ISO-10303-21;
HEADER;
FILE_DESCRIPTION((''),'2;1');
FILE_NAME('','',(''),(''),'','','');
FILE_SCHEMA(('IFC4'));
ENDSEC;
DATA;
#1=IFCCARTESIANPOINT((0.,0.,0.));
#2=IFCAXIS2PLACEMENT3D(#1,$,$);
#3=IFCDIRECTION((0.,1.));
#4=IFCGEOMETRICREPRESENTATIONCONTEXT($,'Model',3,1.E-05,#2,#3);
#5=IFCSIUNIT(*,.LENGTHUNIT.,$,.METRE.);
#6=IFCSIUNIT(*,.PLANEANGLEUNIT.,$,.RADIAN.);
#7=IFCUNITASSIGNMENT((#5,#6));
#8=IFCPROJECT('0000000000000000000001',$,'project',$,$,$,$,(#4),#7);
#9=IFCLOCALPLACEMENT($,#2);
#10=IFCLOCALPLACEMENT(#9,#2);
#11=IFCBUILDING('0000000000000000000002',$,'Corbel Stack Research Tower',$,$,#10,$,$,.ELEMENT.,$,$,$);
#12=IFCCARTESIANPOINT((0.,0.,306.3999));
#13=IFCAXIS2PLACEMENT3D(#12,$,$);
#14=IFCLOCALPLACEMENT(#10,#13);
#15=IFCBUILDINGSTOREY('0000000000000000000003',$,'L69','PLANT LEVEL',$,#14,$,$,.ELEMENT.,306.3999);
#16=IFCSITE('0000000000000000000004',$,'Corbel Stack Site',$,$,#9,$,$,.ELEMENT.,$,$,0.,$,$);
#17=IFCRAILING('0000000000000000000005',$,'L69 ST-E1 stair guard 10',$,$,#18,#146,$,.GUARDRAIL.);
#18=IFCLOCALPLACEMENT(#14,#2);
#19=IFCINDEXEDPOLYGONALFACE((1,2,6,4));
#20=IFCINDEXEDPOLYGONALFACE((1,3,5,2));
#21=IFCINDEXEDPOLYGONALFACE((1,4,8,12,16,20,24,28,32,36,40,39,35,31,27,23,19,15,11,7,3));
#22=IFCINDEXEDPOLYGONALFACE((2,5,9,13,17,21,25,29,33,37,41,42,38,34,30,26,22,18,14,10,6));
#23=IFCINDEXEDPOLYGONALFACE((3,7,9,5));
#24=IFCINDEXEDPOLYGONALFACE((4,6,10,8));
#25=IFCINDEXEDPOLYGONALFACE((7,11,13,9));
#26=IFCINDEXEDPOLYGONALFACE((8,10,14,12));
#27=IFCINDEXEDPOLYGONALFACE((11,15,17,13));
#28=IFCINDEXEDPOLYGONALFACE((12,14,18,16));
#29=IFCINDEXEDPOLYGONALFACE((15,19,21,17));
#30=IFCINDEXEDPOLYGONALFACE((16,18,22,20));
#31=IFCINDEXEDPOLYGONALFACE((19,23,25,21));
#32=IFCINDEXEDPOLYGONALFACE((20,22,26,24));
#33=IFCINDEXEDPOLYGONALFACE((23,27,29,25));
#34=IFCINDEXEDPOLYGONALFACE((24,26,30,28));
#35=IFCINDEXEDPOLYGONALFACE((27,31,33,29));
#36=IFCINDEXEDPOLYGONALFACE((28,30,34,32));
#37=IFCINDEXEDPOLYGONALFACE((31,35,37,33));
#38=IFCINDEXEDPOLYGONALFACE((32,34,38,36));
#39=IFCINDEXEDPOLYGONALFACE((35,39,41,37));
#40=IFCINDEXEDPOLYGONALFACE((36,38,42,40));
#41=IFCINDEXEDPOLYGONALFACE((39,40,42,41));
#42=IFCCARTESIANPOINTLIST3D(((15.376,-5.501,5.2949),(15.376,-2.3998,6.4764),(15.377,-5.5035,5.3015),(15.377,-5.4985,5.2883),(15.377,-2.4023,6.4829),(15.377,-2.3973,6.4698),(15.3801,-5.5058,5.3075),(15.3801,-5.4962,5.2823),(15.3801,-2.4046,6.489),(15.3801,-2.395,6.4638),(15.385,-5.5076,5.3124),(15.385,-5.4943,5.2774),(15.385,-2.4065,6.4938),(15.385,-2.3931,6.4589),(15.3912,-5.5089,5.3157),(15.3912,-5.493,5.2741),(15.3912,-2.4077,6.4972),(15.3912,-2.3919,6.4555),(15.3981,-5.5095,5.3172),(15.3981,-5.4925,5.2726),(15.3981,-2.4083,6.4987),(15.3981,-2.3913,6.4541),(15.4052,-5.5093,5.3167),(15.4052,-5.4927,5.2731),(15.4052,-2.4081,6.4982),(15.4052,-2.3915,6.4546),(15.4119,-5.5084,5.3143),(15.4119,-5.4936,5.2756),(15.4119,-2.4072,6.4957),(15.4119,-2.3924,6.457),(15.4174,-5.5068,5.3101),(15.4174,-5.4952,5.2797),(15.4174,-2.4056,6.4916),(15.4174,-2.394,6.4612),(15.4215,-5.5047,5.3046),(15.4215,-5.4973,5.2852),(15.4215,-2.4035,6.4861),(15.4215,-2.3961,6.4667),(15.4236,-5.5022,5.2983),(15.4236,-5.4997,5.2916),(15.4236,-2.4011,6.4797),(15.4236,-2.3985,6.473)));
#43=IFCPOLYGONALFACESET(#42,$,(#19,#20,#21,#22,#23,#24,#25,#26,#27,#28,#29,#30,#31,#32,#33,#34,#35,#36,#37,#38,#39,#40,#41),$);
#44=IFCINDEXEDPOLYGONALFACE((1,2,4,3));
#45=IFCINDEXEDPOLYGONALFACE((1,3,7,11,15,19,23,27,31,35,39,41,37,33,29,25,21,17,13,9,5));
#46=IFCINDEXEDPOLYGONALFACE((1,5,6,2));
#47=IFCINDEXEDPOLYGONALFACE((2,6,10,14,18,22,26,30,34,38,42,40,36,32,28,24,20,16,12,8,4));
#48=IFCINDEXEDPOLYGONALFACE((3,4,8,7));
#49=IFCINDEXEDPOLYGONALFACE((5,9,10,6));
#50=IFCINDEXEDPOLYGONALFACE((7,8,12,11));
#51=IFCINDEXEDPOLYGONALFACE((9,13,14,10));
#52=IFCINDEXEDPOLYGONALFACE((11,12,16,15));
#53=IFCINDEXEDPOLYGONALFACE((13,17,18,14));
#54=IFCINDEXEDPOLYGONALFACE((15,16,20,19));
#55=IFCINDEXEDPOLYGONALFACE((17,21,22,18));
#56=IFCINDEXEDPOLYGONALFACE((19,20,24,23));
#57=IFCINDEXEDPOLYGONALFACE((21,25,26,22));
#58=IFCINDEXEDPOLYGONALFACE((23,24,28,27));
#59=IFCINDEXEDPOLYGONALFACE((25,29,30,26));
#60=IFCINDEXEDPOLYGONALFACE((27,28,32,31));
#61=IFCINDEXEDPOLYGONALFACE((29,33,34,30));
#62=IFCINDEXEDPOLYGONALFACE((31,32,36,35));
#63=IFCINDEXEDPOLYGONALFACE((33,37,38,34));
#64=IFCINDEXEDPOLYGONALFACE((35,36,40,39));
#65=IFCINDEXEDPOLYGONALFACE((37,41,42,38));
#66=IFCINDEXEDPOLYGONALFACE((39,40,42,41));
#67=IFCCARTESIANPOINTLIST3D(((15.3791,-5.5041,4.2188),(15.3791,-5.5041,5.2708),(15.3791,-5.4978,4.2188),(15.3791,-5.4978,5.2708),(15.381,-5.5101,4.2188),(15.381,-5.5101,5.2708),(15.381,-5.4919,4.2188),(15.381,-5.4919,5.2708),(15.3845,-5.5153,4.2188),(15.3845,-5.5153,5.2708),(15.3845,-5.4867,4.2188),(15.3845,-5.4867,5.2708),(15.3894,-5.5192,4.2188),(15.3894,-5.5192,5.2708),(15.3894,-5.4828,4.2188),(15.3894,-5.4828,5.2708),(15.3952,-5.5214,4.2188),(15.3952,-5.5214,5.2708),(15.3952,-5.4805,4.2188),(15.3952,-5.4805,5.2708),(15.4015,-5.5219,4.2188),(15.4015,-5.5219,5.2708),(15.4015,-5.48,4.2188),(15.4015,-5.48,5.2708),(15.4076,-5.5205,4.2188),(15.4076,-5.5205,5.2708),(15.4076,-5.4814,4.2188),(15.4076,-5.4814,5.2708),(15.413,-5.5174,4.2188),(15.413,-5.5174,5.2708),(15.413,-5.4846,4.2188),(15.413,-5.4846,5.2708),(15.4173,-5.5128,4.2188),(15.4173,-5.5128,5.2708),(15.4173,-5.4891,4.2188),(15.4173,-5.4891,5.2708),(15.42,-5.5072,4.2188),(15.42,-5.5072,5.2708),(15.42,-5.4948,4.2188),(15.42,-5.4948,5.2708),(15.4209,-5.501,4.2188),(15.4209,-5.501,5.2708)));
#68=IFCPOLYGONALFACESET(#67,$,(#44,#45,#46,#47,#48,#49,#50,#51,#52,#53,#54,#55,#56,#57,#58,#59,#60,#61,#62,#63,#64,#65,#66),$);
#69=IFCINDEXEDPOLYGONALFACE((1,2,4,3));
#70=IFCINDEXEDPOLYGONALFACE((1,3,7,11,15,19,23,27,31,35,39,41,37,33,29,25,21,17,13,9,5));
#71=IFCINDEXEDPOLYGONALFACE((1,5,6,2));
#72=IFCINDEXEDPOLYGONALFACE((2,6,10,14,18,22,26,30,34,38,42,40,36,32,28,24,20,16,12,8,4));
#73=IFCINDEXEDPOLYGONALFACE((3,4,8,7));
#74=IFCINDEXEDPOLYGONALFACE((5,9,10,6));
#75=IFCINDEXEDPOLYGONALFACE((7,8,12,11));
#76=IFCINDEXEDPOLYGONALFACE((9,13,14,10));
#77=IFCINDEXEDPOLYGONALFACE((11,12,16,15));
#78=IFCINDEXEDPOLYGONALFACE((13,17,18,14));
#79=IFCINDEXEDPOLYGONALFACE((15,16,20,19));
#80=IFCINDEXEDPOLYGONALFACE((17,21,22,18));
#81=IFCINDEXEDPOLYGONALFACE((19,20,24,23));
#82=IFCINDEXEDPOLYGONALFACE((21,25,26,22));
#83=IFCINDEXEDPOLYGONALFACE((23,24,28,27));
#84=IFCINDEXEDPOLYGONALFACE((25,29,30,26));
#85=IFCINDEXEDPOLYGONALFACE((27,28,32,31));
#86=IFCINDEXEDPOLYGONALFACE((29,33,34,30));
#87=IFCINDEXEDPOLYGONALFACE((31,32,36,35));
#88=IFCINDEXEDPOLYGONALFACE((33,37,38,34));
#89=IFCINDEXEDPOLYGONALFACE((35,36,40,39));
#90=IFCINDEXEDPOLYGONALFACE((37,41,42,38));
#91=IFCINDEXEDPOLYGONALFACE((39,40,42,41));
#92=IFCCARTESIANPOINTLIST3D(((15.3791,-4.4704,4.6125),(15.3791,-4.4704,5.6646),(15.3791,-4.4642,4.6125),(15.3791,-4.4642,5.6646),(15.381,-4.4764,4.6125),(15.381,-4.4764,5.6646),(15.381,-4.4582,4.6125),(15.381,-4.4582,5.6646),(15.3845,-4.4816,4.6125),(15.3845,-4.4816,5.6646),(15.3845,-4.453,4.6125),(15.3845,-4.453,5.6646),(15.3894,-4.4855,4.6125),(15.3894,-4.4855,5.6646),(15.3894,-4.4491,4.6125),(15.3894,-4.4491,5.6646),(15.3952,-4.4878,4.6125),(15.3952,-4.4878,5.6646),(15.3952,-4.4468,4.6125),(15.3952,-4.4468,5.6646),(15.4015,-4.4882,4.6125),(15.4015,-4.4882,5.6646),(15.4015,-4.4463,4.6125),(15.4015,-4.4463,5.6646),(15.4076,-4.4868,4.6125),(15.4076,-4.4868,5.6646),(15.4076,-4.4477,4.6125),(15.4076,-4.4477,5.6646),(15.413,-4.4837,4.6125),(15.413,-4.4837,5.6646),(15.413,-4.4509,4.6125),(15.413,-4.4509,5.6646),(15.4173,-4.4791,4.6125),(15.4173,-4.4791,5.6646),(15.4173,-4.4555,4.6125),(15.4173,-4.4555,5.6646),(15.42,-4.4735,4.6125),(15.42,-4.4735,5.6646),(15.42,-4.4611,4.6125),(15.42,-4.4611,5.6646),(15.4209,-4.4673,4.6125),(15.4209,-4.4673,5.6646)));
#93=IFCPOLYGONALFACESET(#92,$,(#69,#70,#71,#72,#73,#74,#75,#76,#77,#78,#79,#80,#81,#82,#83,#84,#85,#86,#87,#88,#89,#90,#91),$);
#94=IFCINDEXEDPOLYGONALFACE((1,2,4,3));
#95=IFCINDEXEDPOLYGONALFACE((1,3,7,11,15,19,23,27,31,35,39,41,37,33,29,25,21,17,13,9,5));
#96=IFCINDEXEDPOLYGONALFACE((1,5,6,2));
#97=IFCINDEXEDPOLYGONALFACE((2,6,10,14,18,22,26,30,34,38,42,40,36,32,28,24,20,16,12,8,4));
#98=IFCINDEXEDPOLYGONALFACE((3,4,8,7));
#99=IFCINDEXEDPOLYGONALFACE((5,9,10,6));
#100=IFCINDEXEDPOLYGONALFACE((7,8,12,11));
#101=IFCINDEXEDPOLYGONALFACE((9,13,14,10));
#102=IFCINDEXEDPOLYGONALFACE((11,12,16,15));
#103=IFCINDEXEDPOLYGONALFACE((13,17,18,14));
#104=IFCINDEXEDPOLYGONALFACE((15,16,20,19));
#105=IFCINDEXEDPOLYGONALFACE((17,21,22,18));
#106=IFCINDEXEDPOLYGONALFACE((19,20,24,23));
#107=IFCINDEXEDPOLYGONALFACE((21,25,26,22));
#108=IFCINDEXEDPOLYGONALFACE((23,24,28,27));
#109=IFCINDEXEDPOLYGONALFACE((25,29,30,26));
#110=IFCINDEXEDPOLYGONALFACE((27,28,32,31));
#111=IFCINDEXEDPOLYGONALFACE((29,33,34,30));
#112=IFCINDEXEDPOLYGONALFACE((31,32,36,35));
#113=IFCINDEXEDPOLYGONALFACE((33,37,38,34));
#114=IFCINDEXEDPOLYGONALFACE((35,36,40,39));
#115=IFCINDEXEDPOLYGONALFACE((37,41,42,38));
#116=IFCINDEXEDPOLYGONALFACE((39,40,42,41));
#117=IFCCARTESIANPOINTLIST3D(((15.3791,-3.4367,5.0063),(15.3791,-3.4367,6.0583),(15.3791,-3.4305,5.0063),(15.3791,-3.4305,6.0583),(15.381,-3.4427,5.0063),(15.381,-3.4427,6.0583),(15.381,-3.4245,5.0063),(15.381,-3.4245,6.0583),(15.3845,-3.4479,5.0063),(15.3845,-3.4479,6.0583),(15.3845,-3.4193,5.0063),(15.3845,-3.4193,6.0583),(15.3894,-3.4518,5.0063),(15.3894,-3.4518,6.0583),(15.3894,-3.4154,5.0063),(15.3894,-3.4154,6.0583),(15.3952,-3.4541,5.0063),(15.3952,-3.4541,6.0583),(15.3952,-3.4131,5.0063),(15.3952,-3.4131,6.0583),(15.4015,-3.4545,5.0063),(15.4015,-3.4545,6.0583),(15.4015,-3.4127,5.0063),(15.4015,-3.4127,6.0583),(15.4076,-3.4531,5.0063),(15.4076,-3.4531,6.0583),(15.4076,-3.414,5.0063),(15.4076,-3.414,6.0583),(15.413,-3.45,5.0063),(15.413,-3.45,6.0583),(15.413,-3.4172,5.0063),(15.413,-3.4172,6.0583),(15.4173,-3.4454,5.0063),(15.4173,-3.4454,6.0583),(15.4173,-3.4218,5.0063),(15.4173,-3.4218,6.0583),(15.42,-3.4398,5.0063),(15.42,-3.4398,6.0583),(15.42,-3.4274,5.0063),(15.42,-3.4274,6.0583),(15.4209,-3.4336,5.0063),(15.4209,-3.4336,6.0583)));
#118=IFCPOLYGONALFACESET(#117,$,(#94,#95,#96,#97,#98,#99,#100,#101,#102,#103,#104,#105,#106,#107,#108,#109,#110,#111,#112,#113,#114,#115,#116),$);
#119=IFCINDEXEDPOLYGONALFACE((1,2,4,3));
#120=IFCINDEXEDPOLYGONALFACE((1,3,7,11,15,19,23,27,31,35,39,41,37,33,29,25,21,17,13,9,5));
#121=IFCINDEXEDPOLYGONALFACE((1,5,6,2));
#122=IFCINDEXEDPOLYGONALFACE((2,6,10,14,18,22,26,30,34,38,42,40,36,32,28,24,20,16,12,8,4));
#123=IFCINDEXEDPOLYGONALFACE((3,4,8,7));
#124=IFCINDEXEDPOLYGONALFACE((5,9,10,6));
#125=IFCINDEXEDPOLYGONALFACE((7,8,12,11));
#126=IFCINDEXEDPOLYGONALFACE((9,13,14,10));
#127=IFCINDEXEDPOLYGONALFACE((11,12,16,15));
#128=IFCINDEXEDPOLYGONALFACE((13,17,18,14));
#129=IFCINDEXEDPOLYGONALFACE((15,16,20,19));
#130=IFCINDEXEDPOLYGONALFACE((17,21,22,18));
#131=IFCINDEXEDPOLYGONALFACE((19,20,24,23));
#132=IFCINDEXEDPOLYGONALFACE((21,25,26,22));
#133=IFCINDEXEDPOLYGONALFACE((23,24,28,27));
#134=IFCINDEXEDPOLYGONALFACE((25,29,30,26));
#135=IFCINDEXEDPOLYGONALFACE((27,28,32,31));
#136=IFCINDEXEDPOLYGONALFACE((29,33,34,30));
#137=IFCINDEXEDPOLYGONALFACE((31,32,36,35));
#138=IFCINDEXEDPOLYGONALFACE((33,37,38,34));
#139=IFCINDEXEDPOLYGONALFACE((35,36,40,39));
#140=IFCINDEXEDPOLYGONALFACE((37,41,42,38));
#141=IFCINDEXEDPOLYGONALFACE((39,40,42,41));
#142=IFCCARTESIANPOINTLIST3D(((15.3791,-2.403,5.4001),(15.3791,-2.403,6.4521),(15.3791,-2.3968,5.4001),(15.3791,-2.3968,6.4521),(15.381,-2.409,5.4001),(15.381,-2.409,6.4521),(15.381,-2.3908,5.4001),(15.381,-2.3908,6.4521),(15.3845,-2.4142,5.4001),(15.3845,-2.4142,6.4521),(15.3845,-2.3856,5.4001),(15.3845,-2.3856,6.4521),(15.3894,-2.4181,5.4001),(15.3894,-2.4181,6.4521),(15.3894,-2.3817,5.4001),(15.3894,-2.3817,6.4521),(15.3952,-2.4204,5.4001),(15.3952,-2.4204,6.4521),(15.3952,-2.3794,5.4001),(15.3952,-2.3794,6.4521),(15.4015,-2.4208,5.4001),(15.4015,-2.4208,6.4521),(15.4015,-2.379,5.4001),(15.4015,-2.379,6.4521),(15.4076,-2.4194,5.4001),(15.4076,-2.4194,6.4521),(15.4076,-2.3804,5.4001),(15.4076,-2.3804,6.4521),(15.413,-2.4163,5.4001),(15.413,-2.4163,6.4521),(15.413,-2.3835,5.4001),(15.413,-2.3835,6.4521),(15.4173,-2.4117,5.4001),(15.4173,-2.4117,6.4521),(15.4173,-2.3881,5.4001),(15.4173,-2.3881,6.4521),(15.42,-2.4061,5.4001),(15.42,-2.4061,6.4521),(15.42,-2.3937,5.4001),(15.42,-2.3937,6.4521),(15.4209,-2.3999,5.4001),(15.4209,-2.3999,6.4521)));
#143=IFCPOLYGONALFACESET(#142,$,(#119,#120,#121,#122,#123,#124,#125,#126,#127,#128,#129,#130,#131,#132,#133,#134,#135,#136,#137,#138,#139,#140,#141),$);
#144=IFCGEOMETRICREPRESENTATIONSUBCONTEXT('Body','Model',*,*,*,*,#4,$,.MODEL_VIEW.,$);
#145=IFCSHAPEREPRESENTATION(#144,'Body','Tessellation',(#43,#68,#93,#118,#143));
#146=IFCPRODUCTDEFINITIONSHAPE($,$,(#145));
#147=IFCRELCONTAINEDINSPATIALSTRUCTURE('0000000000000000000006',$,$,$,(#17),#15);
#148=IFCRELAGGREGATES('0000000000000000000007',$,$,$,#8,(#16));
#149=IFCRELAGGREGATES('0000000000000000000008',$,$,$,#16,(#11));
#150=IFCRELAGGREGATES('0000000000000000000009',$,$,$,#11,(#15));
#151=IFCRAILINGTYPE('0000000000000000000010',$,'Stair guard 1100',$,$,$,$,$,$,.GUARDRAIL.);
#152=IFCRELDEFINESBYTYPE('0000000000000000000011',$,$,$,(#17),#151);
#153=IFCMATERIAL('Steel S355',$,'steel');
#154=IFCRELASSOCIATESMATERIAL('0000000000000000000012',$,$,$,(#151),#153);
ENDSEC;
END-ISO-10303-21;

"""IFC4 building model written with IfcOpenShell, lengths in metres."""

from ifc_helpers import new_model, si_unit, direction, frame, origin, origin_2d, place, context, subcontext, project, spatial, circle, extrude, material, type_object, element, save


model = new_model("IFC4")

# Units and contexts
model_context = context("Model", 3, precision=1e-05, world=origin(), true_north=direction((0.0, 1.0)))
body_context = subcontext(model_context, "Body", "Model", "MODEL_VIEW")
ifc_project = project(units=[si_unit("LENGTHUNIT", "METRE"), si_unit("PLANEANGLEUNIT", "RADIAN")], contexts=[model_context])

# Site, building, storey
site_placement = place(None, origin())
site = spatial("IfcSite", under=ifc_project, at=site_placement, Name="Corbel Stack Site", CompositionType="ELEMENT", RefElevation=0.0)
building_placement = place(site_placement, origin())
building = spatial("IfcBuilding", under=site, at=building_placement, Name="Corbel Stack Research Tower", CompositionType="ELEMENT")
storey_placement = place(building_placement, frame((0.0, 0.0, 306.3999)))
storey = spatial("IfcBuildingStorey", under=building, at=storey_placement, Name="L69", Description="PLANT LEVEL", CompositionType="ELEMENT", Elevation=306.3999)

# Railing
ifc_material_1 = material(Name="Steel S355", Category="steel")
railing_type_1 = type_object("IfcRailingType", Name="Stair guard 1100", PredefinedType="GUARDRAIL", material=ifc_material_1)
railing_1_placement = place(storey_placement, frame((15.3999, -5.501, 4.2188)))
element("IfcRailing", 1, at=railing_1_placement, inside=storey, type_object=railing_type_1, Name="L69 ST-E1 stair guard 10", PredefinedType="GUARDRAIL", context=body_context, shape_type="SweptSolid", body=[
    extrude(circle(Radius=0.0239, at=origin_2d()), frame((0.0, 0.0, 1.0762), z_axis=(0.0, 0.934484, 0.356005), x_axis=(-1.0, 0.0, 0.0)), (0.0, 0.0, 1.0), 3.3186),
    extrude(circle(Radius=0.021, at=origin_2d()), origin(), (0.0, 0.0, 1.0), 1.052),
    extrude(circle(Radius=0.021, at=origin_2d()), frame((0.0, 1.0337, 0.3938)), (0.0, 0.0, 1.0), 1.052),
    extrude(circle(Radius=0.021, at=origin_2d()), frame((0.0, 2.0674, 0.7876)), (0.0, 0.0, 1.0), 1.052),
    extrude(circle(Radius=0.021, at=origin_2d()), frame((0.0, 3.1011, 1.1814)), (0.0, 0.0, 1.0), 1.052),
])

save(model, "model.ifc")
